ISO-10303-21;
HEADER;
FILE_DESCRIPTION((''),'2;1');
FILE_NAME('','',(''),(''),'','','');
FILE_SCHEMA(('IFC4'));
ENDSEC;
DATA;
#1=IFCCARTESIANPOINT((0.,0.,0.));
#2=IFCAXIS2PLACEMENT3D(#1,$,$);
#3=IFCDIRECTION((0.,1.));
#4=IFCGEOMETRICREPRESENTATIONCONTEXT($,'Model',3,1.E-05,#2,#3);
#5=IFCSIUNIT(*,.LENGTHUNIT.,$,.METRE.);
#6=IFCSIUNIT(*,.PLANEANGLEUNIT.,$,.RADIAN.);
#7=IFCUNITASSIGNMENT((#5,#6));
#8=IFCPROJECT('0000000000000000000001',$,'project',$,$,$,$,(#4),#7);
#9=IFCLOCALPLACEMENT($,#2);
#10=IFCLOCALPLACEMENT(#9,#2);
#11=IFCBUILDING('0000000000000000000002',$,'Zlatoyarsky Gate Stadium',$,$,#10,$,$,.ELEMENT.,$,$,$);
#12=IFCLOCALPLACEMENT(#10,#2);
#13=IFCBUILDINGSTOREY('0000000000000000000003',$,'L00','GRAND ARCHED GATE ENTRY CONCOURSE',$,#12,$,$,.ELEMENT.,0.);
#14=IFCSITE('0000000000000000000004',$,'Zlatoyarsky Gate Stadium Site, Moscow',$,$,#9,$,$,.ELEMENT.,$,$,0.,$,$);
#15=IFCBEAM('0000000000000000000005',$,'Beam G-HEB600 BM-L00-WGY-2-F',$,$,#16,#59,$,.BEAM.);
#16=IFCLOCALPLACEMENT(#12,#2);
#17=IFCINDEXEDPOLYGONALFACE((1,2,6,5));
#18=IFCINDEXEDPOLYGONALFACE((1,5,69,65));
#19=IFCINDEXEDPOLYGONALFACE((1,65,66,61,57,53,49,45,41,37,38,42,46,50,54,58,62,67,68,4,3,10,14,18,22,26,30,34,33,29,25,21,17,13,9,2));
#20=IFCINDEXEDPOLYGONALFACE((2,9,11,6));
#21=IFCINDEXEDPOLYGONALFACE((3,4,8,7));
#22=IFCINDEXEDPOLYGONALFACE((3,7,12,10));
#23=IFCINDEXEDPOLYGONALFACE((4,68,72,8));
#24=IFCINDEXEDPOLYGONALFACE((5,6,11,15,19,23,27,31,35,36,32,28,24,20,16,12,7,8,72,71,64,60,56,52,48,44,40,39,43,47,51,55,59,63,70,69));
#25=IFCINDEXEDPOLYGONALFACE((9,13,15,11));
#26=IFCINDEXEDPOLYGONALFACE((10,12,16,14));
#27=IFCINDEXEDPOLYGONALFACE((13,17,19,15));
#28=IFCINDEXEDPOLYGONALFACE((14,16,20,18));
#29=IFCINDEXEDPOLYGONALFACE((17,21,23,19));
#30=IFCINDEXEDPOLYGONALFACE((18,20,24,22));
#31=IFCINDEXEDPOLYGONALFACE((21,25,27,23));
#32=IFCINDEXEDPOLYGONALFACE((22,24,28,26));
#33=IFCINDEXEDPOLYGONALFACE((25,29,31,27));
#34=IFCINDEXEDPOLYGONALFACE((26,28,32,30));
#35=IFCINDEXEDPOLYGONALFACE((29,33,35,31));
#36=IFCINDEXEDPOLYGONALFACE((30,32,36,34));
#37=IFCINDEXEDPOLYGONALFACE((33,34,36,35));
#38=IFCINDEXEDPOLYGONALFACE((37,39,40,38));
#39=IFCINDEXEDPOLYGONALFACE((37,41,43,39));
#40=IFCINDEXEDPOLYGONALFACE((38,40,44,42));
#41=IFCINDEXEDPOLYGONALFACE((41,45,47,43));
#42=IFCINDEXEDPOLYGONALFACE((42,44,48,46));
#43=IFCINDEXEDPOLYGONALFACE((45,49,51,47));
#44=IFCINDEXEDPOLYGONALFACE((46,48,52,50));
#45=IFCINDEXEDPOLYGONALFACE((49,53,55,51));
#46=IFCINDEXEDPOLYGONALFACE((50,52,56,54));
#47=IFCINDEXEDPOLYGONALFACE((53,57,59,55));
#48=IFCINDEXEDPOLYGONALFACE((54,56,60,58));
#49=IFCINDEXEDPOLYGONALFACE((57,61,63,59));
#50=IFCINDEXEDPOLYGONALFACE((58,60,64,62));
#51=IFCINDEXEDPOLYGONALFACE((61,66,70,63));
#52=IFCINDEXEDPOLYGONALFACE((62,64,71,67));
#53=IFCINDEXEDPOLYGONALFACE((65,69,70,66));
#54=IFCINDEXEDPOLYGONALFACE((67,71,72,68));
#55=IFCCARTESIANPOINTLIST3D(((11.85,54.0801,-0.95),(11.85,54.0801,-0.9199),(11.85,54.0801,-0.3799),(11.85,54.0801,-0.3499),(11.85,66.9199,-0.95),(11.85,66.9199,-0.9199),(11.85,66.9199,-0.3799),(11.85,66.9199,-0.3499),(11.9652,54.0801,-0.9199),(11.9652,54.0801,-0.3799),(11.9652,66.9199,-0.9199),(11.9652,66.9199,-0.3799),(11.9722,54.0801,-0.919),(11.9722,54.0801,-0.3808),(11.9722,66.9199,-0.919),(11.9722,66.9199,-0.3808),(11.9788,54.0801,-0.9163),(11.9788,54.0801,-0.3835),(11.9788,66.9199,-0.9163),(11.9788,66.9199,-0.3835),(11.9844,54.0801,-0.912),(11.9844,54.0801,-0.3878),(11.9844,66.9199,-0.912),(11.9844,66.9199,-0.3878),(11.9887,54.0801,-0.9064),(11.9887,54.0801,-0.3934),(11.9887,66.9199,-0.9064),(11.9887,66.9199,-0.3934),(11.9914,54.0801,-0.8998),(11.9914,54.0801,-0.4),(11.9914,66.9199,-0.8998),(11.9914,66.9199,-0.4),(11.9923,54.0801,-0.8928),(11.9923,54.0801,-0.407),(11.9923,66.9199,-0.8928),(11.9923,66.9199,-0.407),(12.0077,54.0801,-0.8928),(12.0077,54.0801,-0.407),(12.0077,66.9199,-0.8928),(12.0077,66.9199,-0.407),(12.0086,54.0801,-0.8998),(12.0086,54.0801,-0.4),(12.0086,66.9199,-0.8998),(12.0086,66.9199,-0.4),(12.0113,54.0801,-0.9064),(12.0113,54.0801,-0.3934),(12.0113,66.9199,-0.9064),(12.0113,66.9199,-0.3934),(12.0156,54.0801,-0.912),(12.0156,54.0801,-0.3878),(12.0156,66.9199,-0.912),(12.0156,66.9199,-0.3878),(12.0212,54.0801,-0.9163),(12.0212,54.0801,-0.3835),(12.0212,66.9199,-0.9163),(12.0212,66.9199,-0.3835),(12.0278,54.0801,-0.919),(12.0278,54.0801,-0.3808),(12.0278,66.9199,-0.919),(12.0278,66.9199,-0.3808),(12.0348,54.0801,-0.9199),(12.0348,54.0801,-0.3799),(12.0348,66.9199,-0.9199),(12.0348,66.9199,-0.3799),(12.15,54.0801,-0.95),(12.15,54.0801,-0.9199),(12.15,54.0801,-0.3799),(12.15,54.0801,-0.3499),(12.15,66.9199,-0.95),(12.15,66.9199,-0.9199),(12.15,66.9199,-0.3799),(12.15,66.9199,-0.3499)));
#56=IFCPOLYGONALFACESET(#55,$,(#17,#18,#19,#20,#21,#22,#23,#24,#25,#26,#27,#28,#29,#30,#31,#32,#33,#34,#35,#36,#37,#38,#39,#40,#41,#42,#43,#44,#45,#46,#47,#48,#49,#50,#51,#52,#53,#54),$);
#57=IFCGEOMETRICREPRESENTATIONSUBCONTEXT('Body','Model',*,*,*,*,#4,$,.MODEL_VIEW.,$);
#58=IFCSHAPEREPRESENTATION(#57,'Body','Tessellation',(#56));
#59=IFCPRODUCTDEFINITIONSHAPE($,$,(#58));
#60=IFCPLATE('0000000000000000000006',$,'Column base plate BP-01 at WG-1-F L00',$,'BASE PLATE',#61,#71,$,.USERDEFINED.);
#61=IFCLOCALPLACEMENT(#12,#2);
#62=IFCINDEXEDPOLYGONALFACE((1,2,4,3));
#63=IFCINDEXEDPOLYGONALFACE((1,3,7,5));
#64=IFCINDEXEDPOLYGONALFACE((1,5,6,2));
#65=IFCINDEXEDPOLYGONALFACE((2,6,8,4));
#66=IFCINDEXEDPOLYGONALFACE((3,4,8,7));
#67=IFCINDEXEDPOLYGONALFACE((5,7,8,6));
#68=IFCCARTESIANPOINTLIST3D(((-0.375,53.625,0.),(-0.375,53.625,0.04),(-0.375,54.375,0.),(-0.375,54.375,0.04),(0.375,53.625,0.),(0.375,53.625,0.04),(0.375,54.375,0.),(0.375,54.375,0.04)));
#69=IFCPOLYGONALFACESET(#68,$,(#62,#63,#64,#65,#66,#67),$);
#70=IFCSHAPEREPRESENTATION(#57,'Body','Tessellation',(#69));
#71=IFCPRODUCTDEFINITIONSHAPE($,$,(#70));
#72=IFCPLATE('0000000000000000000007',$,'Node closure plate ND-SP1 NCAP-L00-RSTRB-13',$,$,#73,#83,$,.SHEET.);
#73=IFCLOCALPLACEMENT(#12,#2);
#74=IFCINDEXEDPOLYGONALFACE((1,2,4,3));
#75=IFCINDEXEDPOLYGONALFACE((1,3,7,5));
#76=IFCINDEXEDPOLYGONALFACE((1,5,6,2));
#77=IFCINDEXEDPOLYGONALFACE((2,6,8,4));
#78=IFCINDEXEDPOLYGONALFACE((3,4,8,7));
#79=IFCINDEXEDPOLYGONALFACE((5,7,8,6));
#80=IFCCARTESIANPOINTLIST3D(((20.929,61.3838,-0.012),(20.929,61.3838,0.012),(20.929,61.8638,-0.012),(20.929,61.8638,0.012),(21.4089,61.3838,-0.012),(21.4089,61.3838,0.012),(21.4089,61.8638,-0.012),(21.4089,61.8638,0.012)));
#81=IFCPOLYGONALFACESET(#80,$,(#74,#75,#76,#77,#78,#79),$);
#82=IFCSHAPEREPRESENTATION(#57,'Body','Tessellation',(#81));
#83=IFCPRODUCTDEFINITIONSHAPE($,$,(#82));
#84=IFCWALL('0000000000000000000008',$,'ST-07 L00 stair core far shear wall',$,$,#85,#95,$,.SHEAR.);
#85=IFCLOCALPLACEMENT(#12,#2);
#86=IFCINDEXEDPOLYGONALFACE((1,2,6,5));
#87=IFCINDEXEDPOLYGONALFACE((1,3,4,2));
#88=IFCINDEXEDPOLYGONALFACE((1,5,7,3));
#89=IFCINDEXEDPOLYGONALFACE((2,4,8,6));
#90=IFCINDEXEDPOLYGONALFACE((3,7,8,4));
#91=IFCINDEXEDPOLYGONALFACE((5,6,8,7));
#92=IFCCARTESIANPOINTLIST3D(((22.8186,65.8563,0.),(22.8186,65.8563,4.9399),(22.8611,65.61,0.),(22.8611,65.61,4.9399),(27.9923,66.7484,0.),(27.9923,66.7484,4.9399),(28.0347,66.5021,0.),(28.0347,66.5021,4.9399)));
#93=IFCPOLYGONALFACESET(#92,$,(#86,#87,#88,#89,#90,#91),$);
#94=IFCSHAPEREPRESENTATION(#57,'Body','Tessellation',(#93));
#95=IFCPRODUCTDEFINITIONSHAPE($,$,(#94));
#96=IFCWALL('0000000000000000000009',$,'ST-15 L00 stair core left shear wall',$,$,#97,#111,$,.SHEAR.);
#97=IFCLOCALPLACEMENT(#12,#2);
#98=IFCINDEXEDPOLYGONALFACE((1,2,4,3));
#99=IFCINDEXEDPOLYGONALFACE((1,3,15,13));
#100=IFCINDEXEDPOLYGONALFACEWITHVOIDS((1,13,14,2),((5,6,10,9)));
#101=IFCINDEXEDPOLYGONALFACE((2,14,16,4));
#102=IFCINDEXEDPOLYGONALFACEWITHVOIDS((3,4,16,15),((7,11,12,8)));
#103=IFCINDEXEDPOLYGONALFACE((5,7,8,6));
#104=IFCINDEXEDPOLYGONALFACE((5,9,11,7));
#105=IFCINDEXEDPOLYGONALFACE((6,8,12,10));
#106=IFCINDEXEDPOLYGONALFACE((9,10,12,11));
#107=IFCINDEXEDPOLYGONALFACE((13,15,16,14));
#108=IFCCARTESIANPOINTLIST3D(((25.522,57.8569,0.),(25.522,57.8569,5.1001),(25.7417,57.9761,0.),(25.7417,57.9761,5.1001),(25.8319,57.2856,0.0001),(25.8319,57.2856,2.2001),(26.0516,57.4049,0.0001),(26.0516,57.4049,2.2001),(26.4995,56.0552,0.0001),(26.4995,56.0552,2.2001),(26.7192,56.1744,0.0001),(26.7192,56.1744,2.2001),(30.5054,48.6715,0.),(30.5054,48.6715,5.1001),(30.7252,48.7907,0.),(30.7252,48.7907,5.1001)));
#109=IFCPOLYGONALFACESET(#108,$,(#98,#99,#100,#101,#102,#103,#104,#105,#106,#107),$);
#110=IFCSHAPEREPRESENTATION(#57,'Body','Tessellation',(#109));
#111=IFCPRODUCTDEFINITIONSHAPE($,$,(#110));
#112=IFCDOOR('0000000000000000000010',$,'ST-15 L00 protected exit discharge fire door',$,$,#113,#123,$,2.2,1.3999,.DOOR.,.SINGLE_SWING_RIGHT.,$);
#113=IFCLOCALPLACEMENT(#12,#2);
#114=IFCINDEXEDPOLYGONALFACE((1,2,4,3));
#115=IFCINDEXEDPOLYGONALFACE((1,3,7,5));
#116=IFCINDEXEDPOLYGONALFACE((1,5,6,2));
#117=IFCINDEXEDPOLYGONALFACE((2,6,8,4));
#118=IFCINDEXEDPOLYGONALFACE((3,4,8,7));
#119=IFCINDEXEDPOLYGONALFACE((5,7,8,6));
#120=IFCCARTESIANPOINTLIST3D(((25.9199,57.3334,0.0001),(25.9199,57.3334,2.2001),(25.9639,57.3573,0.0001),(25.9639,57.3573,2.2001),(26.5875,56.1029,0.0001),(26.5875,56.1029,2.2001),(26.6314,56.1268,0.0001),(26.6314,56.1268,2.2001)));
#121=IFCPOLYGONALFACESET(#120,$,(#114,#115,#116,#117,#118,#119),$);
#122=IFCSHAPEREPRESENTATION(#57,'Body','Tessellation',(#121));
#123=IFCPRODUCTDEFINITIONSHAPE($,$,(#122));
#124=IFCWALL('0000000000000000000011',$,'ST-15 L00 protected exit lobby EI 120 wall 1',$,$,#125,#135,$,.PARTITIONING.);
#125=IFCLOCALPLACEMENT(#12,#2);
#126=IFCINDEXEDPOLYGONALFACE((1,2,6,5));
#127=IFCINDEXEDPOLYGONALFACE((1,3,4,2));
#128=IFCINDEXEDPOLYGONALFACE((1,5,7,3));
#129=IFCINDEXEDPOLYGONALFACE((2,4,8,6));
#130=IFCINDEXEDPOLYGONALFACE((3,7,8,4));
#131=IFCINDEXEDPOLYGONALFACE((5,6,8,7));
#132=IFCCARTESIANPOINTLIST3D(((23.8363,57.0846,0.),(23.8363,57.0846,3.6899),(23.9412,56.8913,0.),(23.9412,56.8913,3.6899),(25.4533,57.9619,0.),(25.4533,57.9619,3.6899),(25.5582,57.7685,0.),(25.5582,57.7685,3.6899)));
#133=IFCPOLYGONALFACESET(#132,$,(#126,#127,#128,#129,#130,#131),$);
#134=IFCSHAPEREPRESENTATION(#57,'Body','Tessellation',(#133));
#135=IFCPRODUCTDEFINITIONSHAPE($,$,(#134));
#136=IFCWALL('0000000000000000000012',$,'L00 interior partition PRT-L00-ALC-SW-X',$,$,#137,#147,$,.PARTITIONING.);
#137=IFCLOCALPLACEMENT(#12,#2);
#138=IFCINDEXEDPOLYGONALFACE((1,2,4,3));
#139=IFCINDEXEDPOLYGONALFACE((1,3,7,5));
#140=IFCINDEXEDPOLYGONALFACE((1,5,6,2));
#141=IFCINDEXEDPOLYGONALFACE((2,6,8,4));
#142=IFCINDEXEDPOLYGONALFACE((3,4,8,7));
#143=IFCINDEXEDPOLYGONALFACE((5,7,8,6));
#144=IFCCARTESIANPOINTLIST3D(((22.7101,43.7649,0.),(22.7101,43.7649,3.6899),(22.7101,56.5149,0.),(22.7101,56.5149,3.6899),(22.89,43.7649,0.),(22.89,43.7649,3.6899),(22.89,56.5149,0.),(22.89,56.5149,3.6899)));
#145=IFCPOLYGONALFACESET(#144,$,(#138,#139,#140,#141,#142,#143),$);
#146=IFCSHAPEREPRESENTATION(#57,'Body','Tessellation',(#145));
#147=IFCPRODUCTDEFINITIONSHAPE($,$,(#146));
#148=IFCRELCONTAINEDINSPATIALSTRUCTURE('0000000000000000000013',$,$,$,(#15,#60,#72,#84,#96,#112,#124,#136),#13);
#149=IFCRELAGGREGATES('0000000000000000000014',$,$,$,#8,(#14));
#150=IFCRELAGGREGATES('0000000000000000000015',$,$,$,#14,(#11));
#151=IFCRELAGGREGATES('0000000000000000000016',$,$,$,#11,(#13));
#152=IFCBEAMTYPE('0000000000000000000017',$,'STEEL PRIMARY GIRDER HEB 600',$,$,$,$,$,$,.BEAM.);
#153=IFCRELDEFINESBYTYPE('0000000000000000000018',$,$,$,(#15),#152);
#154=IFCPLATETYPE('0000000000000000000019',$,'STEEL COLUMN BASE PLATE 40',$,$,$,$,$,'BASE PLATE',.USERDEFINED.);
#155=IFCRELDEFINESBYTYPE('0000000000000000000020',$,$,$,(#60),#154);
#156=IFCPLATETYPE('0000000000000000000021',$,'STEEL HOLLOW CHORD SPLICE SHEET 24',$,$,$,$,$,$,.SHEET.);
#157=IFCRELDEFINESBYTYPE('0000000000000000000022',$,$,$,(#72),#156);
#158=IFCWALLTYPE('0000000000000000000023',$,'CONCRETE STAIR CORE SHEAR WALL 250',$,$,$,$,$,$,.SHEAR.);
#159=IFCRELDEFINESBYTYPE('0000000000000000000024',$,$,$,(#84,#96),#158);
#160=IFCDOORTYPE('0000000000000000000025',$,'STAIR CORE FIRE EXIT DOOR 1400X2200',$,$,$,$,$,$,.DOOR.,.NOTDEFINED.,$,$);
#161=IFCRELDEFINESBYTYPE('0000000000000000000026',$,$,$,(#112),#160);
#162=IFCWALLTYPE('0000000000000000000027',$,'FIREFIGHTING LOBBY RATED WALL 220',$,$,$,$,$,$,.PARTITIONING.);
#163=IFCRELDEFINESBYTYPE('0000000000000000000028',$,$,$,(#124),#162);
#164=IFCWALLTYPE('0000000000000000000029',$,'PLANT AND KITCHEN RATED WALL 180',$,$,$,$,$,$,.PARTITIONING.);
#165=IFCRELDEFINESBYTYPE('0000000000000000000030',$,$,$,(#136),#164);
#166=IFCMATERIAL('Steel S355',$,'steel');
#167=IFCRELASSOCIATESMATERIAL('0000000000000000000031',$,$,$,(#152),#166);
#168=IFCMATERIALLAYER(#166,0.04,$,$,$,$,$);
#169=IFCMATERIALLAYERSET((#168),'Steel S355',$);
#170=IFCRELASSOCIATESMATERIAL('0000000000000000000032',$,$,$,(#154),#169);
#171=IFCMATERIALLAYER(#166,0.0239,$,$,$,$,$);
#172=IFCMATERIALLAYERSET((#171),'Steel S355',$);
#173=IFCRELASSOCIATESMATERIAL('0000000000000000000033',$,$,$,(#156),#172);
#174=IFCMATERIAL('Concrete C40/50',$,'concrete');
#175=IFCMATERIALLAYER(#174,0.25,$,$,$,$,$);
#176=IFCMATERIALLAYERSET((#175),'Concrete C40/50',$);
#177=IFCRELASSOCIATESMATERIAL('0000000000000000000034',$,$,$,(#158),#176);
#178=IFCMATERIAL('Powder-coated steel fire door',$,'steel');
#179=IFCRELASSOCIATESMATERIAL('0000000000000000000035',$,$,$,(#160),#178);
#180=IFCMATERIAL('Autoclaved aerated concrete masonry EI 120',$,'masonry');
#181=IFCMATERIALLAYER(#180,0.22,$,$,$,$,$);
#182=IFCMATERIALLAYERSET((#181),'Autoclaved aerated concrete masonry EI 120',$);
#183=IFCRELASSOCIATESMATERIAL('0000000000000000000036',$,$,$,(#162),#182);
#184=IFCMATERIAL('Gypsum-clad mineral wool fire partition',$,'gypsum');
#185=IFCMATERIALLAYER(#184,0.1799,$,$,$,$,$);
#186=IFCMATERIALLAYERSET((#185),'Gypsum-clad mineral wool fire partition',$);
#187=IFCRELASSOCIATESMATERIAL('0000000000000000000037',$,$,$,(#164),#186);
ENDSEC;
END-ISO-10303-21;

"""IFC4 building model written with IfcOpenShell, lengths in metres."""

from ifc_helpers import new_model, si_unit, direction, frame, frame_2d, origin, origin_2d, place, context, subcontext, project, spatial, rectangle, i_section, extrude, material, layer, layer_set, material_profile, profile_set, type_object, element, fill, save


model = new_model("IFC4")

# Units and contexts
model_context = context("Model", 3, precision=1e-05, world=origin(), true_north=direction((0.0, 1.0)))
body_context = subcontext(model_context, "Body", "Model", "MODEL_VIEW")
ifc_project = project(units=[si_unit("LENGTHUNIT", "METRE"), si_unit("PLANEANGLEUNIT", "RADIAN")], contexts=[model_context])

# Site, building, storey
site_placement = place(None, origin())
site = spatial("IfcSite", under=ifc_project, at=site_placement, Name="Zlatoyarsky Gate Stadium Site, Moscow", CompositionType="ELEMENT", RefElevation=0.0)
building_placement = place(site_placement, origin())
building = spatial("IfcBuilding", under=site, at=building_placement, Name="Zlatoyarsky Gate Stadium", CompositionType="ELEMENT")
storey_placement = place(building_placement, origin())
storey = spatial("IfcBuildingStorey", under=building, at=storey_placement, Name="L00", Description="GRAND ARCHED GATE ENTRY CONCOURSE", CompositionType="ELEMENT", Elevation=0.0)

# Shared definitions
ifc_material_1 = material(Name="Concrete C40/50", Category="concrete")
ifc_material_2 = material(Name="Steel S355", Category="steel")

# Beam
ifc_material_profile_1 = material_profile(ifc_material_2, i_section(OverallWidth=0.3, OverallDepth=0.6001, WebThickness=0.0154, FlangeThickness=0.03, FilletRadius=0.0271, at=origin_2d()), Name="HEB 600")
ifc_profile_set_1 = profile_set([ifc_material_profile_1], Name="Steel S355")
beam_type_1 = type_object("IfcBeamType", Name="STEEL PRIMARY GIRDER HEB 600", PredefinedType="BEAM", material=ifc_profile_set_1)
beam_1_placement = place(storey_placement, frame((12.0, 54.0801, -0.6499), z_axis=(0.0, 1.0, 0.0), x_axis=(-1.0, 0.0, 0.0)))
element("IfcBeam", 1, at=beam_1_placement, inside=storey, type_object=beam_type_1, Name="Beam G-HEB600 BM-L00-WGY-2-F", PredefinedType="BEAM", context=body_context, shape_type="SweptSolid", body=[
    extrude(i_section(OverallWidth=0.3, OverallDepth=0.6001, WebThickness=0.0154, FlangeThickness=0.03, FilletRadius=0.0271, at=origin_2d()), origin(), (0.0, 0.0, 1.0), 12.8398),
])

# Plates
ifc_layer_1 = layer(ifc_material_2, 0.04)
ifc_layer_set_1 = layer_set([ifc_layer_1], Name="Steel S355")
plate_type_1 = type_object("IfcPlateType", Name="STEEL COLUMN BASE PLATE 40", ElementType="BASE PLATE", PredefinedType="USERDEFINED", material=ifc_layer_set_1)
plate_1_placement = place(storey_placement, frame((0.0, 54.0, 0.0), z_axis=(0.0, 0.0, 1.0), x_axis=(1.0, 0.0, 0.0)))
element("IfcPlate", 2, at=plate_1_placement, inside=storey, type_object=plate_type_1, Name="Column base plate BP-01 at WG-1-F L00", ObjectType="BASE PLATE", PredefinedType="USERDEFINED", context=body_context, shape_type="SweptSolid", body=[
    extrude(rectangle(XDim=0.75, YDim=0.75, at=origin_2d()), origin(), (0.0, 0.0, 1.0), 0.04),
])
ifc_layer_2 = layer(ifc_material_2, 0.0239)
ifc_layer_set_2 = layer_set([ifc_layer_2], Name="Steel S355")
plate_type_2 = type_object("IfcPlateType", Name="STEEL HOLLOW CHORD SPLICE SHEET 24", PredefinedType="SHEET", material=ifc_layer_set_2)
plate_2_placement = place(storey_placement, frame((21.1689, 61.6238, -0.012), z_axis=(0.0, 0.0, 1.0), x_axis=(1.0, 0.0, 0.0)))
element("IfcPlate", 3, at=plate_2_placement, inside=storey, type_object=plate_type_2, Name="Node closure plate ND-SP1 NCAP-L00-RSTRB-13", PredefinedType="SHEET", context=body_context, shape_type="SweptSolid", body=[
    extrude(rectangle(XDim=0.48, YDim=0.48, at=origin_2d()), origin(), (0.0, 0.0, 1.0), 0.0239),
])

# Wall
ifc_layer_3 = layer(ifc_material_1, 0.25)
ifc_layer_set_3 = layer_set([ifc_layer_3], Name="Concrete C40/50")
wall_type_1 = type_object("IfcWallType", Name="CONCRETE STAIR CORE SHEAR WALL 250", PredefinedType="SHEAR", material=ifc_layer_set_3)
wall_1_placement = place(storey_placement, frame((22.8398, 65.7332, 0.0), z_axis=(0.0, 0.0, 1.0), x_axis=(0.985457, 0.169924, 0.0)))
element("IfcWall", 4, at=wall_1_placement, inside=storey, type_object=wall_type_1, Name="ST-07 L00 stair core far shear wall", PredefinedType="SHEAR", context=body_context, shape_type="SweptSolid", body=[
    extrude(rectangle(XDim=5.25, YDim=0.25, at=frame_2d((2.625, 0.0))), origin(), (0.0, 0.0, 1.0), 4.9399),
])

# Wall, opening, door
wall_2_placement = place(storey_placement, frame((25.6318, 57.9165, 0.0), z_axis=(0.0, 0.0, 1.0), x_axis=(0.476877, -0.87897, 0.0)))
wall_2 = element("IfcWall", 5, at=wall_2_placement, inside=storey, type_object=wall_type_1, Name="ST-15 L00 stair core left shear wall", PredefinedType="SHEAR", context=body_context, shape_type="SweptSolid", body=[
    extrude(rectangle(XDim=10.4502, YDim=0.25, at=frame_2d((5.2251, 0.0))), origin(), (0.0, 0.0, 1.0), 5.1001),
])
opening_1_placement = place(wall_2_placement, frame((0.6499, 0.0, 0.0)))
opening_1 = element("IfcOpeningElement", 6, at=opening_1_placement, cuts=wall_2, PredefinedType="OPENING", context=body_context, shape_type="SweptSolid", body=[
    extrude(rectangle(XDim=1.3999, YDim=2.2, at=frame_2d((0.7, 1.1001))), frame((0.0, 0.135, 0.0), z_axis=(0.0, -1.0, 0.0), x_axis=(1.0, 0.0, 0.0)), (0.0, 0.0, 1.0), 0.27),
])
ifc_material_3 = material(Name="Powder-coated steel fire door", Category="steel")
door_type_1 = type_object("IfcDoorType", Name="STAIR CORE FIRE EXIT DOOR 1400X2200", OperationType="NOTDEFINED", PredefinedType="DOOR", material=ifc_material_3)
door_1_placement = place(opening_1_placement, frame((1.3999, 0.0, 0.0), z_axis=(0.0, 0.0, 1.0), x_axis=(-1.0, 0.0, 0.0)))
door_1 = element("IfcDoor", 7, at=door_1_placement, inside=storey, type_object=door_type_1, Name="ST-15 L00 protected exit discharge fire door", OperationType="SINGLE_SWING_RIGHT", OverallHeight=2.2, OverallWidth=1.3999, PredefinedType="DOOR", context=body_context, shape_type="SweptSolid", body=[
    extrude(rectangle(XDim=1.3999, YDim=2.2, at=frame_2d((0.7, 1.1001))), frame((0.0, 0.0249, 0.0), z_axis=(0.0, -1.0, 0.0), x_axis=(1.0, 0.0, 0.0)), (0.0, 0.0, 1.0), 0.05),
])
fill(opening_1, door_1)

# Wall
ifc_material_4 = material(Name="Autoclaved aerated concrete masonry EI 120", Category="masonry")
ifc_layer_4 = layer(ifc_material_4, 0.22)
ifc_layer_set_4 = layer_set([ifc_layer_4], Name="Autoclaved aerated concrete masonry EI 120")
wall_type_2 = type_object("IfcWallType", Name="FIREFIGHTING LOBBY RATED WALL 220", PredefinedType="PARTITIONING", material=ifc_layer_set_4)
wall_3_placement = place(storey_placement, frame((25.5059, 57.8652, 0.0), z_axis=(0.0, 0.0, 1.0), x_axis=(-0.878984, -0.476852, 0.0)))
element("IfcWall", 8, at=wall_3_placement, inside=storey, type_object=wall_type_2, Name="ST-15 L00 protected exit lobby EI 120 wall 1", PredefinedType="PARTITIONING", context=body_context, shape_type="SweptSolid", body=[
    extrude(rectangle(XDim=1.8396, YDim=0.22, at=frame_2d((0.9199, 0.0))), origin(), (0.0, 0.0, 1.0), 3.6899),
])

# Wall
ifc_material_5 = material(Name="Gypsum-clad mineral wool fire partition", Category="gypsum")
ifc_layer_5 = layer(ifc_material_5, 0.1799)
ifc_layer_set_5 = layer_set([ifc_layer_5], Name="Gypsum-clad mineral wool fire partition")
wall_type_3 = type_object("IfcWallType", Name="PLANT AND KITCHEN RATED WALL 180", PredefinedType="PARTITIONING", material=ifc_layer_set_5)
wall_4_placement = place(storey_placement, frame((22.8, 43.7649, 0.0), z_axis=(0.0, 0.0, 1.0), x_axis=(0.0, 1.0, 0.0)))
element("IfcWall", 9, at=wall_4_placement, inside=storey, type_object=wall_type_3, Name="L00 interior partition PRT-L00-ALC-SW-X", PredefinedType="PARTITIONING", context=body_context, shape_type="SweptSolid", body=[
    extrude(rectangle(XDim=12.75, YDim=0.1799, at=frame_2d((6.375, 0.0))), origin(), (0.0, 0.0, 1.0), 3.6899),
])

save(model, "model.ifc")
